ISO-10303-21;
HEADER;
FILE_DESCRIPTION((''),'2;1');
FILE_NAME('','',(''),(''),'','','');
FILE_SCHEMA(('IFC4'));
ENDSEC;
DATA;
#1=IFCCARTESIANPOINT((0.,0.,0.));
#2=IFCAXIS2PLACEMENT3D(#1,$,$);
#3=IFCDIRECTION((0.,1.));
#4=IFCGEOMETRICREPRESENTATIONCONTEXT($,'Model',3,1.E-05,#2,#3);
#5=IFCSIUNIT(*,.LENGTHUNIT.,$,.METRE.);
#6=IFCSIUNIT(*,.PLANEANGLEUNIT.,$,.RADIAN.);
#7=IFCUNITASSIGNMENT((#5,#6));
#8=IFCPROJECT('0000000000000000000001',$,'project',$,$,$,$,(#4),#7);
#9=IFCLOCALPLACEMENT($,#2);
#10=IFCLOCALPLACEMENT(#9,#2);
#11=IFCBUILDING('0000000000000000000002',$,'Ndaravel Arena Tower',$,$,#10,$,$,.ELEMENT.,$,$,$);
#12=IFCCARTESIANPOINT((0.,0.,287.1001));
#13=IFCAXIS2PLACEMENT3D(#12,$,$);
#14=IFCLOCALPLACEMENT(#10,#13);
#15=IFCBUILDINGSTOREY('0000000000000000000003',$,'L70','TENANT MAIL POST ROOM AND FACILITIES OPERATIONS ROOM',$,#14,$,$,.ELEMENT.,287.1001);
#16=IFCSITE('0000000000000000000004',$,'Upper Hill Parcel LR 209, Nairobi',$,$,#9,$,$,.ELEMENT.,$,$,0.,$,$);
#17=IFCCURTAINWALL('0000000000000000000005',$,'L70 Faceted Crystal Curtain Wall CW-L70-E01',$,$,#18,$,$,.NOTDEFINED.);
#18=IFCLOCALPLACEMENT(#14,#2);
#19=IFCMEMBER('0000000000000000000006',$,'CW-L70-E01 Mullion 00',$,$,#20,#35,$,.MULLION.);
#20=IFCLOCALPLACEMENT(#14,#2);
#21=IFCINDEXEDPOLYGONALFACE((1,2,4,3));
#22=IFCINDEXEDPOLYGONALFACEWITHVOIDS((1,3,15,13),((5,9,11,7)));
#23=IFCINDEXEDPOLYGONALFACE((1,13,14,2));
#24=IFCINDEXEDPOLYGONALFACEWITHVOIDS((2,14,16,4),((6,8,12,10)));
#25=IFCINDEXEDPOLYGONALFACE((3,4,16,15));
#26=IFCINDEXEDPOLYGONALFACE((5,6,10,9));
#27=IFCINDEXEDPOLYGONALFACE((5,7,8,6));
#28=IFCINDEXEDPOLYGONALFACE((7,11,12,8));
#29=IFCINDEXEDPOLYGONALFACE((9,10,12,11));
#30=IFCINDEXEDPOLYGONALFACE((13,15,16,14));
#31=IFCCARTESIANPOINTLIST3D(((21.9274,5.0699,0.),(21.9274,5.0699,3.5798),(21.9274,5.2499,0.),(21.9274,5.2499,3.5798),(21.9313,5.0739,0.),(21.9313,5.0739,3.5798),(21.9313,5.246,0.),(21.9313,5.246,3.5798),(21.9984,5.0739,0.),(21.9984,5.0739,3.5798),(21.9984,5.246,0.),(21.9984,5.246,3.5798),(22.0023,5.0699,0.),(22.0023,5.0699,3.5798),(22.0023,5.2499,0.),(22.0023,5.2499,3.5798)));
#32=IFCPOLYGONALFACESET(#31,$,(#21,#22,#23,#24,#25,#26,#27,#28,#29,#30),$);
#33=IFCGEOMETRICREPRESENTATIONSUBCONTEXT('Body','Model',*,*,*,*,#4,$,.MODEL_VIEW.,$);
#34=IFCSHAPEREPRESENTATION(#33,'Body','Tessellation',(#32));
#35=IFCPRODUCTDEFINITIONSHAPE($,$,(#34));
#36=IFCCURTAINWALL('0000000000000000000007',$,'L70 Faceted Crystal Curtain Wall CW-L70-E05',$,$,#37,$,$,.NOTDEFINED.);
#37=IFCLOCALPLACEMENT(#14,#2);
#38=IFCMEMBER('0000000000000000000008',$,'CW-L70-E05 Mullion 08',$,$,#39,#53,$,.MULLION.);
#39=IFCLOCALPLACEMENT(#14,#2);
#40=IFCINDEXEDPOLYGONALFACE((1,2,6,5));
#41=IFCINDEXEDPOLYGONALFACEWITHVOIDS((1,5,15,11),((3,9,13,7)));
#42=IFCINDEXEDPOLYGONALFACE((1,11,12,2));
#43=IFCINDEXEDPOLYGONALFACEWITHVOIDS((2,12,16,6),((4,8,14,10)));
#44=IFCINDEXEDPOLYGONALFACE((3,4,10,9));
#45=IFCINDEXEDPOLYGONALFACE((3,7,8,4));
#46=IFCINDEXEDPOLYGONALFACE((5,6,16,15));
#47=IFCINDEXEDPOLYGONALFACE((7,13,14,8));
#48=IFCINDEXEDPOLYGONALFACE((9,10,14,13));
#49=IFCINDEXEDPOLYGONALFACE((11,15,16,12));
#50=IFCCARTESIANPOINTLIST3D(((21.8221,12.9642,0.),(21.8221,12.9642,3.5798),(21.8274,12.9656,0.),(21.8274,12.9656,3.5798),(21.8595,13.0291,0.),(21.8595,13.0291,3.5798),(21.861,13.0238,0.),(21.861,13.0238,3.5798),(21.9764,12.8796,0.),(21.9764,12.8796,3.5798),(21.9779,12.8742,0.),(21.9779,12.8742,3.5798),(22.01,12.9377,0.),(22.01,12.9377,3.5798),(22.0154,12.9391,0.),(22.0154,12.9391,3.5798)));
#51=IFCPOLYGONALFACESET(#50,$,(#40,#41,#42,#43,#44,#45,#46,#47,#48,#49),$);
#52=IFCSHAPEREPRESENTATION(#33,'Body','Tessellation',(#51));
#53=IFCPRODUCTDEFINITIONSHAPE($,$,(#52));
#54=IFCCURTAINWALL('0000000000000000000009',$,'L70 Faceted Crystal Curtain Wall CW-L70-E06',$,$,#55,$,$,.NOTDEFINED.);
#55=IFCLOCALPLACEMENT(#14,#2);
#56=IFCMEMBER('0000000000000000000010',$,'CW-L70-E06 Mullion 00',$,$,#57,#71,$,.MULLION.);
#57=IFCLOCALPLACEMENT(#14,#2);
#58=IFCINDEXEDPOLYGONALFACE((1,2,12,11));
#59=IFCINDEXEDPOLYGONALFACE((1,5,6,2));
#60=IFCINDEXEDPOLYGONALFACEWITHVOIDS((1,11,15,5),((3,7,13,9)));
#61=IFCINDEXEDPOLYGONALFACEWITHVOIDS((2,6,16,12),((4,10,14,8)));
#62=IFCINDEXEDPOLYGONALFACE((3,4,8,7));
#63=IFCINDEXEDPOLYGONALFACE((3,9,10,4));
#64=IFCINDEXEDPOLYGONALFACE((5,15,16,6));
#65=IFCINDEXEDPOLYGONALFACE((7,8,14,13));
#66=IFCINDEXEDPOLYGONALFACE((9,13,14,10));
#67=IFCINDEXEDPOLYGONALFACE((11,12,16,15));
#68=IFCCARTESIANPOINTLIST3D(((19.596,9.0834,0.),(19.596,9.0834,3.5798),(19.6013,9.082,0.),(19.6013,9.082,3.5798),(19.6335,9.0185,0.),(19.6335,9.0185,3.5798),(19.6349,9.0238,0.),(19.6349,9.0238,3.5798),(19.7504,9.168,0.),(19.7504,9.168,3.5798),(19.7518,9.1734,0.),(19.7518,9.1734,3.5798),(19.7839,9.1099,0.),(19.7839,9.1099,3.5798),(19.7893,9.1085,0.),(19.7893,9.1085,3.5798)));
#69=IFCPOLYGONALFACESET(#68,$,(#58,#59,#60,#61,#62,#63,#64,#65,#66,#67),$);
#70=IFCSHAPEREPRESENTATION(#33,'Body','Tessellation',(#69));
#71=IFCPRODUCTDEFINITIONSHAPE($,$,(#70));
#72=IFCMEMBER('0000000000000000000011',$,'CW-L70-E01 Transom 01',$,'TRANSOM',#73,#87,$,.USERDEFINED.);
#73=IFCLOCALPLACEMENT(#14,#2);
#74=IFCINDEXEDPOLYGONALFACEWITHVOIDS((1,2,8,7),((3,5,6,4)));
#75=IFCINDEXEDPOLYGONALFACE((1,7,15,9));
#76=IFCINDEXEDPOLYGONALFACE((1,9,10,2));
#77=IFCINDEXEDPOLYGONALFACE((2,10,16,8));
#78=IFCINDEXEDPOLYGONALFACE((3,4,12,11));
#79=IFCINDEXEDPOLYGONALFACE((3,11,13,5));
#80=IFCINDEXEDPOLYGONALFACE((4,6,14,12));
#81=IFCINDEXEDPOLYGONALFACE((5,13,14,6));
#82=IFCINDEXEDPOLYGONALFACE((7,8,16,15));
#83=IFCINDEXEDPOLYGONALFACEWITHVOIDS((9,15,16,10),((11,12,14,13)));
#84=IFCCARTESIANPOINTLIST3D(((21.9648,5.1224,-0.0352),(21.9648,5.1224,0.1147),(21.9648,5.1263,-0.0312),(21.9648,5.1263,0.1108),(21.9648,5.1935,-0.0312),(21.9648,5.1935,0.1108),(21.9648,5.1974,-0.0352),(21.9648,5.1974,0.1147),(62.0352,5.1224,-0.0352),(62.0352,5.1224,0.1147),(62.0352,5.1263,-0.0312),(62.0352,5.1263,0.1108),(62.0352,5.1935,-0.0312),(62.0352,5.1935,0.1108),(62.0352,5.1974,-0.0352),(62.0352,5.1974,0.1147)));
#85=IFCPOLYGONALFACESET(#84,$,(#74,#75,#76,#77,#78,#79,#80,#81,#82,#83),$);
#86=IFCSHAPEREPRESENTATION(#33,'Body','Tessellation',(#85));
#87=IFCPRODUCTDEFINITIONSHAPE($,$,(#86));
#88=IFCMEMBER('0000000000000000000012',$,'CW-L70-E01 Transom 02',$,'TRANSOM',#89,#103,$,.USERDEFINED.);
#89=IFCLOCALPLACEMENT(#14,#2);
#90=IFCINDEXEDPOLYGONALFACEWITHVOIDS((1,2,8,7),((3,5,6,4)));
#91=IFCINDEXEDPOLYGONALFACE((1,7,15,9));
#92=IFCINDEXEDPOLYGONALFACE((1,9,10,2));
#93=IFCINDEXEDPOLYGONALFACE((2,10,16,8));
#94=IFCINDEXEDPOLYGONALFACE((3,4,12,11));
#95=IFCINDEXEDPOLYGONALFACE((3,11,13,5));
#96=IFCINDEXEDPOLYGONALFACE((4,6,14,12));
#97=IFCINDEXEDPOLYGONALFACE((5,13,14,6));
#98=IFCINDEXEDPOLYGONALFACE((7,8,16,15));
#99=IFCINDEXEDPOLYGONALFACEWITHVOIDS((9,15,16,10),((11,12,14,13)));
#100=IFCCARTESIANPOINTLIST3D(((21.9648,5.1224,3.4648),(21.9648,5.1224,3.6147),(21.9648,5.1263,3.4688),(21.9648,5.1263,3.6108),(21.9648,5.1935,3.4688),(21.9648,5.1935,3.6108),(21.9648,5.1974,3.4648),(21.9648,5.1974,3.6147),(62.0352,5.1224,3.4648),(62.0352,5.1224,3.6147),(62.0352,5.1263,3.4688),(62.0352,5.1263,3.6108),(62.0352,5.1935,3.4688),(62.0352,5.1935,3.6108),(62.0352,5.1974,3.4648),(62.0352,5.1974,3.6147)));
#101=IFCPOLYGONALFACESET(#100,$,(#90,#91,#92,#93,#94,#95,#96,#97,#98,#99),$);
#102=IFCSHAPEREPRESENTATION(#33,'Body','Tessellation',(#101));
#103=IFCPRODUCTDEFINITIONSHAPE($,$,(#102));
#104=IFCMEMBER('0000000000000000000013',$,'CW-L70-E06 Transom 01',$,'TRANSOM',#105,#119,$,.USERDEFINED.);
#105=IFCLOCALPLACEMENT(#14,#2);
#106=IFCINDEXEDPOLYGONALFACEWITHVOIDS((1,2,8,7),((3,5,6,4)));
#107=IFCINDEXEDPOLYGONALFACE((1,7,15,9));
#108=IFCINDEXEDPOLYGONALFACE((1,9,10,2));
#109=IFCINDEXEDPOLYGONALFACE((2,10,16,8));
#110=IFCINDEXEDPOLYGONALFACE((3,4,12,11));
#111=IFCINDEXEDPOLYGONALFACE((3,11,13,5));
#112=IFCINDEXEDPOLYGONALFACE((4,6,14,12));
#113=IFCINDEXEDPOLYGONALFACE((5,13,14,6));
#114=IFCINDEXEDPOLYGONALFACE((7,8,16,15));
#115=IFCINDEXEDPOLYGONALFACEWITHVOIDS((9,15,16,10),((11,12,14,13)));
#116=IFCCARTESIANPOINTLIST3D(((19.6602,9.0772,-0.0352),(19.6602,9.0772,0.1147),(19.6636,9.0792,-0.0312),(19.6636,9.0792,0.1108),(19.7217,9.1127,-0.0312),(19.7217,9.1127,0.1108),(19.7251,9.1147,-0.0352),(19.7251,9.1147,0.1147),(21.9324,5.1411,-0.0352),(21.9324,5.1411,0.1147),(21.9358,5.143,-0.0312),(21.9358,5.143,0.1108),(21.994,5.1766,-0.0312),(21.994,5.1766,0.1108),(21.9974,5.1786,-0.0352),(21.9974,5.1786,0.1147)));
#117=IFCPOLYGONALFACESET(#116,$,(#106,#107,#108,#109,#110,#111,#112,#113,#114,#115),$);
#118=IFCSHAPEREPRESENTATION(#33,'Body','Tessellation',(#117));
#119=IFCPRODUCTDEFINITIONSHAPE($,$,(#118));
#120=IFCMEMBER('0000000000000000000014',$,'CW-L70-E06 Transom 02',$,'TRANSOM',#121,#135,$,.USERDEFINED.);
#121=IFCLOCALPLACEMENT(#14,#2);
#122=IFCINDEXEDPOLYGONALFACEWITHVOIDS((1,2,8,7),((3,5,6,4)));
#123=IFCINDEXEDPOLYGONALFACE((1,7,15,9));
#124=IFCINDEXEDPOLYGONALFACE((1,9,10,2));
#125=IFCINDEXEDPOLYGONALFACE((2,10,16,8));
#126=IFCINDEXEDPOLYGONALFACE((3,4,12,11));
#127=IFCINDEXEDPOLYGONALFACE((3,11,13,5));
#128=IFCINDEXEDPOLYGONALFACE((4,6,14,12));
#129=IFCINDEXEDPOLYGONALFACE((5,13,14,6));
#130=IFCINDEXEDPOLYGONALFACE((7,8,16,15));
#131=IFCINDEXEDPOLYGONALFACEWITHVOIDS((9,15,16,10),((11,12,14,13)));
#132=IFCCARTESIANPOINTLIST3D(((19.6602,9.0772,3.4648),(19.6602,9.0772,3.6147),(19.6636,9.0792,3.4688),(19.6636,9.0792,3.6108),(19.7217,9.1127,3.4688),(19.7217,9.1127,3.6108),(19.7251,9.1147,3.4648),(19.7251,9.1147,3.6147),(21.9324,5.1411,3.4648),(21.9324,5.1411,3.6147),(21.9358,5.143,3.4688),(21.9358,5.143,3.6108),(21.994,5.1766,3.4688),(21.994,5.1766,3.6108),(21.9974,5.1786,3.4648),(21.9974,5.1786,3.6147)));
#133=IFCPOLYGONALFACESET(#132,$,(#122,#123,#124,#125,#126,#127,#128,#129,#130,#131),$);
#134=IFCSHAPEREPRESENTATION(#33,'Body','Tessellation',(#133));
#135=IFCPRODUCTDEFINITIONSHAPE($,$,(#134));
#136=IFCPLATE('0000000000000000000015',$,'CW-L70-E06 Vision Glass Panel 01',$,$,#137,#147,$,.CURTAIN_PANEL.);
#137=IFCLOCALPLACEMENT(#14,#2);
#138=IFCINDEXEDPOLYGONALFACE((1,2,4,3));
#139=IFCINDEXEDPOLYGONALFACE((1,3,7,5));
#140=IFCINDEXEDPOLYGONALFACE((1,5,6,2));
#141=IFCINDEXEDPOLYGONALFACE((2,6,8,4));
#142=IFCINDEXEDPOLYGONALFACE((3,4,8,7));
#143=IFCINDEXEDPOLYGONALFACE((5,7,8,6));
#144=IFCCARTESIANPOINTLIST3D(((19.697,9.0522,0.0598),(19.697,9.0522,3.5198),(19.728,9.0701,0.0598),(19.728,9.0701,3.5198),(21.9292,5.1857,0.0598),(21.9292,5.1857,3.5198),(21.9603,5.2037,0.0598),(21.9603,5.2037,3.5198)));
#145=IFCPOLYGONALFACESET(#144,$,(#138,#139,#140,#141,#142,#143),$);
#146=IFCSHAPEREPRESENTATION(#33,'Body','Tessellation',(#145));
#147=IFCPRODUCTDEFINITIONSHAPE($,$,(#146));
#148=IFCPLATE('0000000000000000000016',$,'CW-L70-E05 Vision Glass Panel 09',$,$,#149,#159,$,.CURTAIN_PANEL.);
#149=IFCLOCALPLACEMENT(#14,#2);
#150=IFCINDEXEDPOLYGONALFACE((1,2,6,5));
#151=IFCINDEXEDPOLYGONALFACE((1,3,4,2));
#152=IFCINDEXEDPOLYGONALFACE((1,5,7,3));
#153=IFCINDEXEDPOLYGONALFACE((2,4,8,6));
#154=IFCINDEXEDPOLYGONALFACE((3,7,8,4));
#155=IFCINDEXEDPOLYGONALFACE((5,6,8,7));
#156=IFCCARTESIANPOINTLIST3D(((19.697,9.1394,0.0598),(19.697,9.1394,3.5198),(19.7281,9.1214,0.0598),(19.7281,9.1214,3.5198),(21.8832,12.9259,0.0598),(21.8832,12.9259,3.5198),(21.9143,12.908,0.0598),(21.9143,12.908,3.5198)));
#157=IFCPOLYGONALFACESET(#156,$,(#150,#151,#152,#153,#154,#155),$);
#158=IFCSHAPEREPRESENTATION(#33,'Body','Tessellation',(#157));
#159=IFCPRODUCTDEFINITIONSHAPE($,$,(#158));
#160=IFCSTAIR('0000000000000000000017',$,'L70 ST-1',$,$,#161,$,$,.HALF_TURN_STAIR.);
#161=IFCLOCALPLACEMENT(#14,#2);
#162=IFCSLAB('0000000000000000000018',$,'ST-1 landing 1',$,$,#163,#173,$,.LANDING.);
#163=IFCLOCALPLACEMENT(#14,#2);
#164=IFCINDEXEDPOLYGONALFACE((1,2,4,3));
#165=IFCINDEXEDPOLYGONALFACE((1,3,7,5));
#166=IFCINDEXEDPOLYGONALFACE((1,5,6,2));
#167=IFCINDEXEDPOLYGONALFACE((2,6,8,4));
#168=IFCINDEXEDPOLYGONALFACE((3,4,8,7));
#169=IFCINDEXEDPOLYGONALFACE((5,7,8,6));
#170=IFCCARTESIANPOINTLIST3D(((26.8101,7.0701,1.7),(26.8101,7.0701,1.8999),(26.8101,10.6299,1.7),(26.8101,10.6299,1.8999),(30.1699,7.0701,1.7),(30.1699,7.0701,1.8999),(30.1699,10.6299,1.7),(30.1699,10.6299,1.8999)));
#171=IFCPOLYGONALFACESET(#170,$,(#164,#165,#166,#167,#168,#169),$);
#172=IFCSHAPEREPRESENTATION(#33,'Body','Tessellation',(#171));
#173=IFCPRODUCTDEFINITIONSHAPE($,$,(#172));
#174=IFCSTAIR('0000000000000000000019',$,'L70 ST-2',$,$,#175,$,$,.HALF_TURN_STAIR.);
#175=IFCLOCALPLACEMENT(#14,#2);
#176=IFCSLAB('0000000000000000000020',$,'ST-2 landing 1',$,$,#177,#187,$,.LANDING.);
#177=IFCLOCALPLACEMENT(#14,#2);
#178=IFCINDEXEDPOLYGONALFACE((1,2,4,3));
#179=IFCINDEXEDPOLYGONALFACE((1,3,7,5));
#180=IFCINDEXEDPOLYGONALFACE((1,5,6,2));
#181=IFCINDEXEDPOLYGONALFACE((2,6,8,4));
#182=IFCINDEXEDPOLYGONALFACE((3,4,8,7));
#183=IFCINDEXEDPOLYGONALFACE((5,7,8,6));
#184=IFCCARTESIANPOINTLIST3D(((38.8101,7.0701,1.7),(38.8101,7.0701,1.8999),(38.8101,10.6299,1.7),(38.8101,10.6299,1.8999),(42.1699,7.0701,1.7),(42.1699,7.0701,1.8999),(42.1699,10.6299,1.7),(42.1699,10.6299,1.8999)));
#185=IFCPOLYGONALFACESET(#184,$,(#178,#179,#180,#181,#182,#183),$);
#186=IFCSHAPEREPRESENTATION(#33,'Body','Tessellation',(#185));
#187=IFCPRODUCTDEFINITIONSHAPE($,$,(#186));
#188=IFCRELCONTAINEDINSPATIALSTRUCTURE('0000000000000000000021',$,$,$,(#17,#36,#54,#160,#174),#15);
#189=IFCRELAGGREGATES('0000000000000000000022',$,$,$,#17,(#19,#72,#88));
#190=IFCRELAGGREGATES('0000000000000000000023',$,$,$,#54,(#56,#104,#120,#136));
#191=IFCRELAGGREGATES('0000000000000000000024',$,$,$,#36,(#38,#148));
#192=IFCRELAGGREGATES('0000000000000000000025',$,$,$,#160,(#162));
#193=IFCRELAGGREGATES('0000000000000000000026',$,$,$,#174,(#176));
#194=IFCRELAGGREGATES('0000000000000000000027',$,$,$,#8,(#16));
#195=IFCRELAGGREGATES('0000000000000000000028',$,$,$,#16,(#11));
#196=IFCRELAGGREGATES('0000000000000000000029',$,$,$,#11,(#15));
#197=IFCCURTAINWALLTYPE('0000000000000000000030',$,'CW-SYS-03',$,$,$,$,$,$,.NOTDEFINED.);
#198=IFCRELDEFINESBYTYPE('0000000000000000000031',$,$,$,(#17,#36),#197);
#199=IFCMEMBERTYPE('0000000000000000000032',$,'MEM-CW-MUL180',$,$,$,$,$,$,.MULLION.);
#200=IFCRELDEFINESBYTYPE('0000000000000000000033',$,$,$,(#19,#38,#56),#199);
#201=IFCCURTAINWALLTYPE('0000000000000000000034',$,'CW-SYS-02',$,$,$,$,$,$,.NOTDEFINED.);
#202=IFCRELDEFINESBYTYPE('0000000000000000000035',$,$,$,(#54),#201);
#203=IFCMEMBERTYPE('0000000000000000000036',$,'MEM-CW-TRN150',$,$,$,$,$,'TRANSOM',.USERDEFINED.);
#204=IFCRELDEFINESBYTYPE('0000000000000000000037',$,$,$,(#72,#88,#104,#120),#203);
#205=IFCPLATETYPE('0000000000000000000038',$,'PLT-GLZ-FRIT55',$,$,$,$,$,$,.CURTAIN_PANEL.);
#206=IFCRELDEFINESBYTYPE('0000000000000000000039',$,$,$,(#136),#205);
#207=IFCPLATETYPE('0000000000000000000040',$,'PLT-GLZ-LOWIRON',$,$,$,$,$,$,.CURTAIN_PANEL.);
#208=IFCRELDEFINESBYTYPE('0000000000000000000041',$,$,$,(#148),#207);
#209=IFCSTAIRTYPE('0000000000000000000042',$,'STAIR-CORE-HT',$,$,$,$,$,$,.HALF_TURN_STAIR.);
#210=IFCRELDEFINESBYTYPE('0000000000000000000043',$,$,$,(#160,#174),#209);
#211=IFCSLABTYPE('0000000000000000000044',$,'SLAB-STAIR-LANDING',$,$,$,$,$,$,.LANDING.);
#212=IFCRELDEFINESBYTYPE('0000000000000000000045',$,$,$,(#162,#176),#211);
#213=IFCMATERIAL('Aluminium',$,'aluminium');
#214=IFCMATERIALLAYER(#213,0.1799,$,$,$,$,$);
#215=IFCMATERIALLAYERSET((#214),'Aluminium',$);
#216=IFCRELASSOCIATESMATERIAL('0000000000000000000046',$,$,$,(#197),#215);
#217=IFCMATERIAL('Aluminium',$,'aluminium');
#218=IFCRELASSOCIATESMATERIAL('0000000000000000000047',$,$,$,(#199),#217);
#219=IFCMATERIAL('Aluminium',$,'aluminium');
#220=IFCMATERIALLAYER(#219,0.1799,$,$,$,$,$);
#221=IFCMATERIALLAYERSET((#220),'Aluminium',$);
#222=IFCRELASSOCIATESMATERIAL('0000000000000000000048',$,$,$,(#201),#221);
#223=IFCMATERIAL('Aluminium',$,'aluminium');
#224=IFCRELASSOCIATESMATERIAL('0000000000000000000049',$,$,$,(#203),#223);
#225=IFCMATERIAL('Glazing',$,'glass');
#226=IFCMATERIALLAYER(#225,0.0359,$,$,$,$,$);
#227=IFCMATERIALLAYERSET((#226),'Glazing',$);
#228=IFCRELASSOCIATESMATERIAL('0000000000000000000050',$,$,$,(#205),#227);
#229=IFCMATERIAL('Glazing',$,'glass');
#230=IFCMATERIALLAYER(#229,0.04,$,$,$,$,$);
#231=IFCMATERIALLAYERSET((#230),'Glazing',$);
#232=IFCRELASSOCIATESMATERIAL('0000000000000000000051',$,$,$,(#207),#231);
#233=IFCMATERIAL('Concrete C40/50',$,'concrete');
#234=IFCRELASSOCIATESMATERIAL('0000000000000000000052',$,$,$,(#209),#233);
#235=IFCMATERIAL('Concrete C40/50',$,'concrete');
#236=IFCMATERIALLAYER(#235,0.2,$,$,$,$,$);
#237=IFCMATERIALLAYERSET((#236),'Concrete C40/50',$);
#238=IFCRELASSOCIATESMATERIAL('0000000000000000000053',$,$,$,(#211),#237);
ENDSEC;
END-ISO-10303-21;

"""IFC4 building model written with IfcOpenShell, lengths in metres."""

from ifc_helpers import new_model, si_unit, direction, frame, origin, origin_2d, place, context, subcontext, project, spatial, polyline, rectangle, hollow_rectangle, outline, extrude, material, layer, layer_set, material_profile, profile_set, type_object, element, aggregate, save


model = new_model("IFC4")

# Units and contexts
model_context = context("Model", 3, precision=1e-05, world=origin(), true_north=direction((0.0, 1.0)))
body_context = subcontext(model_context, "Body", "Model", "MODEL_VIEW")
ifc_project = project(units=[si_unit("LENGTHUNIT", "METRE"), si_unit("PLANEANGLEUNIT", "RADIAN")], contexts=[model_context])

# Site, building, storey
site_placement = place(None, origin())
site = spatial("IfcSite", under=ifc_project, at=site_placement, Name="Upper Hill Parcel LR 209, Nairobi", CompositionType="ELEMENT", RefElevation=0.0)
building_placement = place(site_placement, origin())
building = spatial("IfcBuilding", under=site, at=building_placement, Name="Ndaravel Arena Tower", CompositionType="ELEMENT")
storey_placement = place(building_placement, frame((0.0, 0.0, 287.1001)))
storey = spatial("IfcBuildingStorey", under=building, at=storey_placement, Name="L70", Description="TENANT MAIL POST ROOM AND FACILITIES OPERATIONS ROOM", CompositionType="ELEMENT", Elevation=287.1001)

# Curtain walls, members
ifc_material_1 = material(Name="Aluminium", Category="aluminium")
ifc_layer_1 = layer(ifc_material_1, 0.1799)
ifc_layer_set_1 = layer_set([ifc_layer_1], Name="Aluminium")
curtain_wall_type_1 = type_object("IfcCurtainWallType", Name="CW-SYS-03", PredefinedType="NOTDEFINED", material=ifc_layer_set_1)
curtain_wall_1_placement = place(storey_placement, origin())
curtain_wall_1 = element("IfcCurtainWall", 1, at=curtain_wall_1_placement, inside=storey, type_object=curtain_wall_type_1, Name="L70 Faceted Crystal Curtain Wall CW-L70-E01", PredefinedType="NOTDEFINED")
ifc_material_2 = material(Name="Aluminium", Category="aluminium")
ifc_material_profile_1 = material_profile(ifc_material_2, hollow_rectangle(XDim=0.075, YDim=0.1799, WallThickness=0.0039, at=origin_2d()), Name="CW MULLION 75x180x4")
ifc_profile_set_1 = profile_set([ifc_material_profile_1], Name="Aluminium")
member_type_1 = type_object("IfcMemberType", Name="MEM-CW-MUL180", PredefinedType="MULLION", material=ifc_profile_set_1)
member_1_placement = place(storey_placement, frame((21.9648, 5.1599, 0.0), z_axis=(0.0, 0.0, 1.0), x_axis=(1.0, 0.0, 0.0)))
member_1 = element("IfcMember", 2, at=member_1_placement, type_object=member_type_1, Name="CW-L70-E01 Mullion 00", PredefinedType="MULLION", context=body_context, shape_type="SweptSolid", body=[
    extrude(hollow_rectangle(XDim=0.075, YDim=0.1799, WallThickness=0.0039, at=origin_2d()), origin(), (0.0, 0.0, 1.0), 3.5798),
])
curtain_wall_2_placement = place(storey_placement, origin())
curtain_wall_2 = element("IfcCurtainWall", 3, at=curtain_wall_2_placement, inside=storey, type_object=curtain_wall_type_1, Name="L70 Faceted Crystal Curtain Wall CW-L70-E05", PredefinedType="NOTDEFINED")
member_2_placement = place(storey_placement, frame((21.9187, 12.9517, 0.0), z_axis=(0.0, 0.0, 1.0), x_axis=(-0.5, -0.866025, 0.0)))
member_2 = element("IfcMember", 4, at=member_2_placement, type_object=member_type_1, Name="CW-L70-E05 Mullion 08", PredefinedType="MULLION", context=body_context, shape_type="SweptSolid", body=[
    extrude(hollow_rectangle(XDim=0.075, YDim=0.1799, WallThickness=0.0039, at=origin_2d()), origin(), (0.0, 0.0, 1.0), 3.5798),
])
ifc_material_3 = material(Name="Aluminium", Category="aluminium")
ifc_layer_2 = layer(ifc_material_3, 0.1799)
ifc_layer_set_2 = layer_set([ifc_layer_2], Name="Aluminium")
curtain_wall_type_2 = type_object("IfcCurtainWallType", Name="CW-SYS-02", PredefinedType="NOTDEFINED", material=ifc_layer_set_2)
curtain_wall_3_placement = place(storey_placement, origin())
curtain_wall_3 = element("IfcCurtainWall", 5, at=curtain_wall_3_placement, inside=storey, type_object=curtain_wall_type_2, Name="L70 Faceted Crystal Curtain Wall CW-L70-E06", PredefinedType="NOTDEFINED")
member_3_placement = place(storey_placement, frame((19.6926, 9.0959, 0.0), z_axis=(0.0, 0.0, 1.0), x_axis=(0.499985, -0.866034, 0.0)))
member_3 = element("IfcMember", 6, at=member_3_placement, type_object=member_type_1, Name="CW-L70-E06 Mullion 00", PredefinedType="MULLION", context=body_context, shape_type="SweptSolid", body=[
    extrude(hollow_rectangle(XDim=0.075, YDim=0.1799, WallThickness=0.0039, at=origin_2d()), origin(), (0.0, 0.0, 1.0), 3.5798),
])

# Members
ifc_material_4 = material(Name="Aluminium", Category="aluminium")
ifc_material_profile_2 = material_profile(ifc_material_4, hollow_rectangle(XDim=0.075, YDim=0.1499, WallThickness=0.0039, at=origin_2d()), Name="CW TRANSOM 75x150x4")
ifc_profile_set_2 = profile_set([ifc_material_profile_2], Name="Aluminium")
member_type_2 = type_object("IfcMemberType", Name="MEM-CW-TRN150", ElementType="TRANSOM", PredefinedType="USERDEFINED", material=ifc_profile_set_2)
member_4_placement = place(storey_placement, frame((21.9648, 5.1599, 0.0398), z_axis=(1.0, 0.0, 0.0), x_axis=(0.0, 1.0, 0.0)))
member_4 = element("IfcMember", 7, at=member_4_placement, type_object=member_type_2, Name="CW-L70-E01 Transom 01", ObjectType="TRANSOM", PredefinedType="USERDEFINED", context=body_context, shape_type="SweptSolid", body=[
    extrude(hollow_rectangle(XDim=0.075, YDim=0.1499, WallThickness=0.0039, at=origin_2d()), origin(), (0.0, 0.0, 1.0), 40.0703),
])
member_5_placement = place(storey_placement, frame((21.9648, 5.1599, 3.5398), z_axis=(1.0, 0.0, 0.0), x_axis=(0.0, 1.0, 0.0)))
member_5 = element("IfcMember", 8, at=member_5_placement, type_object=member_type_2, Name="CW-L70-E01 Transom 02", ObjectType="TRANSOM", PredefinedType="USERDEFINED", context=body_context, shape_type="SweptSolid", body=[
    extrude(hollow_rectangle(XDim=0.075, YDim=0.1499, WallThickness=0.0039, at=origin_2d()), origin(), (0.0, 0.0, 1.0), 40.0703),
])
aggregate(curtain_wall_1, [member_1, member_4, member_5])
member_6_placement = place(storey_placement, frame((19.6926, 9.0959, 0.0398), z_axis=(0.499958, -0.86605, 0.0), x_axis=(0.86605, 0.499958, 0.0)))
member_6 = element("IfcMember", 9, at=member_6_placement, type_object=member_type_2, Name="CW-L70-E06 Transom 01", ObjectType="TRANSOM", PredefinedType="USERDEFINED", context=body_context, shape_type="SweptSolid", body=[
    extrude(hollow_rectangle(XDim=0.075, YDim=0.1499, WallThickness=0.0039, at=origin_2d()), origin(), (0.0, 0.0, 1.0), 4.5449),
])
member_7_placement = place(storey_placement, frame((19.6926, 9.0959, 3.5398), z_axis=(0.499958, -0.86605, 0.0), x_axis=(0.86605, 0.499958, 0.0)))
member_7 = element("IfcMember", 10, at=member_7_placement, type_object=member_type_2, Name="CW-L70-E06 Transom 02", ObjectType="TRANSOM", PredefinedType="USERDEFINED", context=body_context, shape_type="SweptSolid", body=[
    extrude(hollow_rectangle(XDim=0.075, YDim=0.1499, WallThickness=0.0039, at=origin_2d()), origin(), (0.0, 0.0, 1.0), 4.5449),
])

# Plates
ifc_material_5 = material(Name="Glazing", Category="glass")
ifc_layer_3 = layer(ifc_material_5, 0.0359)
ifc_layer_set_3 = layer_set([ifc_layer_3], Name="Glazing")
plate_type_1 = type_object("IfcPlateType", Name="PLT-GLZ-FRIT55", PredefinedType="CURTAIN_PANEL", material=ifc_layer_set_3)
plate_1_placement = place(storey_placement, frame((20.8286, 7.1279, 0.0598), z_axis=(0.0, 0.0, 1.0), x_axis=(0.499985, -0.866034, 0.0)))
plate_1 = element("IfcPlate", 11, at=plate_1_placement, type_object=plate_type_1, Name="CW-L70-E06 Vision Glass Panel 01", PredefinedType="CURTAIN_PANEL", context=body_context, shape_type="SweptSolid", body=[
    extrude(rectangle(XDim=4.4646, YDim=0.0359, at=origin_2d()), origin(), (0.0, 0.0, 1.0), 3.46),
])
aggregate(curtain_wall_3, [member_3, member_6, member_7, plate_1])
ifc_material_6 = material(Name="Glazing", Category="glass")
ifc_layer_4 = layer(ifc_material_6, 0.04)
ifc_layer_set_4 = layer_set([ifc_layer_4], Name="Glazing")
plate_type_2 = type_object("IfcPlateType", Name="PLT-GLZ-LOWIRON", PredefinedType="CURTAIN_PANEL", material=ifc_layer_set_4)
plate_2_placement = place(storey_placement, frame((20.8057, 11.0237, 0.0598), z_axis=(0.0, 0.0, 1.0), x_axis=(-0.5, -0.866025, 0.0)))
plate_2 = element("IfcPlate", 12, at=plate_2_placement, type_object=plate_type_2, Name="CW-L70-E05 Vision Glass Panel 09", PredefinedType="CURTAIN_PANEL", context=body_context, shape_type="SweptSolid", body=[
    extrude(rectangle(XDim=4.3723, YDim=0.0359, at=origin_2d()), origin(), (0.0, 0.0, 1.0), 3.46),
])
aggregate(curtain_wall_2, [member_2, plate_2])

# Stairs, slabs
ifc_material_7 = material(Name="Concrete C40/50", Category="concrete")
stair_type = type_object("IfcStairType", Name="STAIR-CORE-HT", PredefinedType="HALF_TURN_STAIR", material=ifc_material_7)
stair_1_placement = place(storey_placement, origin())
stair_1 = element("IfcStair", 13, at=stair_1_placement, inside=storey, type_object=stair_type, Name="L70 ST-1", PredefinedType="HALF_TURN_STAIR")
ifc_material_8 = material(Name="Concrete C40/50", Category="concrete")
ifc_layer_5 = layer(ifc_material_8, 0.2)
ifc_layer_set_5 = layer_set([ifc_layer_5], Name="Concrete C40/50")
slab_type_1 = type_object("IfcSlabType", Name="SLAB-STAIR-LANDING", PredefinedType="LANDING", material=ifc_layer_set_5)
slab_1_placement = place(storey_placement, frame((0.0, 0.0, 1.7)))
slab_1 = element("IfcSlab", 14, at=slab_1_placement, type_object=slab_type_1, Name="ST-1 landing 1", PredefinedType="LANDING", context=body_context, shape_type="SweptSolid", body=[
    extrude(outline(polyline([(26.8101, 10.6299), (26.8101, 7.0701), (30.1699, 7.0701), (30.1699, 10.6299), (26.8101, 10.6299)])), origin(), (0.0, 0.0, 1.0), 0.2),
])
aggregate(stair_1, [slab_1])
stair_2_placement = place(storey_placement, origin())
stair_2 = element("IfcStair", 15, at=stair_2_placement, inside=storey, type_object=stair_type, Name="L70 ST-2", PredefinedType="HALF_TURN_STAIR")
slab_2_placement = place(storey_placement, frame((0.0, 0.0, 1.7)))
slab_2 = element("IfcSlab", 16, at=slab_2_placement, type_object=slab_type_1, Name="ST-2 landing 1", PredefinedType="LANDING", context=body_context, shape_type="SweptSolid", body=[
    extrude(outline(polyline([(38.8101, 10.6299), (38.8101, 7.0701), (42.1699, 7.0701), (42.1699, 10.6299), (38.8101, 10.6299)])), origin(), (0.0, 0.0, 1.0), 0.2),
])
aggregate(stair_2, [slab_2])

save(model, "model.ifc")
